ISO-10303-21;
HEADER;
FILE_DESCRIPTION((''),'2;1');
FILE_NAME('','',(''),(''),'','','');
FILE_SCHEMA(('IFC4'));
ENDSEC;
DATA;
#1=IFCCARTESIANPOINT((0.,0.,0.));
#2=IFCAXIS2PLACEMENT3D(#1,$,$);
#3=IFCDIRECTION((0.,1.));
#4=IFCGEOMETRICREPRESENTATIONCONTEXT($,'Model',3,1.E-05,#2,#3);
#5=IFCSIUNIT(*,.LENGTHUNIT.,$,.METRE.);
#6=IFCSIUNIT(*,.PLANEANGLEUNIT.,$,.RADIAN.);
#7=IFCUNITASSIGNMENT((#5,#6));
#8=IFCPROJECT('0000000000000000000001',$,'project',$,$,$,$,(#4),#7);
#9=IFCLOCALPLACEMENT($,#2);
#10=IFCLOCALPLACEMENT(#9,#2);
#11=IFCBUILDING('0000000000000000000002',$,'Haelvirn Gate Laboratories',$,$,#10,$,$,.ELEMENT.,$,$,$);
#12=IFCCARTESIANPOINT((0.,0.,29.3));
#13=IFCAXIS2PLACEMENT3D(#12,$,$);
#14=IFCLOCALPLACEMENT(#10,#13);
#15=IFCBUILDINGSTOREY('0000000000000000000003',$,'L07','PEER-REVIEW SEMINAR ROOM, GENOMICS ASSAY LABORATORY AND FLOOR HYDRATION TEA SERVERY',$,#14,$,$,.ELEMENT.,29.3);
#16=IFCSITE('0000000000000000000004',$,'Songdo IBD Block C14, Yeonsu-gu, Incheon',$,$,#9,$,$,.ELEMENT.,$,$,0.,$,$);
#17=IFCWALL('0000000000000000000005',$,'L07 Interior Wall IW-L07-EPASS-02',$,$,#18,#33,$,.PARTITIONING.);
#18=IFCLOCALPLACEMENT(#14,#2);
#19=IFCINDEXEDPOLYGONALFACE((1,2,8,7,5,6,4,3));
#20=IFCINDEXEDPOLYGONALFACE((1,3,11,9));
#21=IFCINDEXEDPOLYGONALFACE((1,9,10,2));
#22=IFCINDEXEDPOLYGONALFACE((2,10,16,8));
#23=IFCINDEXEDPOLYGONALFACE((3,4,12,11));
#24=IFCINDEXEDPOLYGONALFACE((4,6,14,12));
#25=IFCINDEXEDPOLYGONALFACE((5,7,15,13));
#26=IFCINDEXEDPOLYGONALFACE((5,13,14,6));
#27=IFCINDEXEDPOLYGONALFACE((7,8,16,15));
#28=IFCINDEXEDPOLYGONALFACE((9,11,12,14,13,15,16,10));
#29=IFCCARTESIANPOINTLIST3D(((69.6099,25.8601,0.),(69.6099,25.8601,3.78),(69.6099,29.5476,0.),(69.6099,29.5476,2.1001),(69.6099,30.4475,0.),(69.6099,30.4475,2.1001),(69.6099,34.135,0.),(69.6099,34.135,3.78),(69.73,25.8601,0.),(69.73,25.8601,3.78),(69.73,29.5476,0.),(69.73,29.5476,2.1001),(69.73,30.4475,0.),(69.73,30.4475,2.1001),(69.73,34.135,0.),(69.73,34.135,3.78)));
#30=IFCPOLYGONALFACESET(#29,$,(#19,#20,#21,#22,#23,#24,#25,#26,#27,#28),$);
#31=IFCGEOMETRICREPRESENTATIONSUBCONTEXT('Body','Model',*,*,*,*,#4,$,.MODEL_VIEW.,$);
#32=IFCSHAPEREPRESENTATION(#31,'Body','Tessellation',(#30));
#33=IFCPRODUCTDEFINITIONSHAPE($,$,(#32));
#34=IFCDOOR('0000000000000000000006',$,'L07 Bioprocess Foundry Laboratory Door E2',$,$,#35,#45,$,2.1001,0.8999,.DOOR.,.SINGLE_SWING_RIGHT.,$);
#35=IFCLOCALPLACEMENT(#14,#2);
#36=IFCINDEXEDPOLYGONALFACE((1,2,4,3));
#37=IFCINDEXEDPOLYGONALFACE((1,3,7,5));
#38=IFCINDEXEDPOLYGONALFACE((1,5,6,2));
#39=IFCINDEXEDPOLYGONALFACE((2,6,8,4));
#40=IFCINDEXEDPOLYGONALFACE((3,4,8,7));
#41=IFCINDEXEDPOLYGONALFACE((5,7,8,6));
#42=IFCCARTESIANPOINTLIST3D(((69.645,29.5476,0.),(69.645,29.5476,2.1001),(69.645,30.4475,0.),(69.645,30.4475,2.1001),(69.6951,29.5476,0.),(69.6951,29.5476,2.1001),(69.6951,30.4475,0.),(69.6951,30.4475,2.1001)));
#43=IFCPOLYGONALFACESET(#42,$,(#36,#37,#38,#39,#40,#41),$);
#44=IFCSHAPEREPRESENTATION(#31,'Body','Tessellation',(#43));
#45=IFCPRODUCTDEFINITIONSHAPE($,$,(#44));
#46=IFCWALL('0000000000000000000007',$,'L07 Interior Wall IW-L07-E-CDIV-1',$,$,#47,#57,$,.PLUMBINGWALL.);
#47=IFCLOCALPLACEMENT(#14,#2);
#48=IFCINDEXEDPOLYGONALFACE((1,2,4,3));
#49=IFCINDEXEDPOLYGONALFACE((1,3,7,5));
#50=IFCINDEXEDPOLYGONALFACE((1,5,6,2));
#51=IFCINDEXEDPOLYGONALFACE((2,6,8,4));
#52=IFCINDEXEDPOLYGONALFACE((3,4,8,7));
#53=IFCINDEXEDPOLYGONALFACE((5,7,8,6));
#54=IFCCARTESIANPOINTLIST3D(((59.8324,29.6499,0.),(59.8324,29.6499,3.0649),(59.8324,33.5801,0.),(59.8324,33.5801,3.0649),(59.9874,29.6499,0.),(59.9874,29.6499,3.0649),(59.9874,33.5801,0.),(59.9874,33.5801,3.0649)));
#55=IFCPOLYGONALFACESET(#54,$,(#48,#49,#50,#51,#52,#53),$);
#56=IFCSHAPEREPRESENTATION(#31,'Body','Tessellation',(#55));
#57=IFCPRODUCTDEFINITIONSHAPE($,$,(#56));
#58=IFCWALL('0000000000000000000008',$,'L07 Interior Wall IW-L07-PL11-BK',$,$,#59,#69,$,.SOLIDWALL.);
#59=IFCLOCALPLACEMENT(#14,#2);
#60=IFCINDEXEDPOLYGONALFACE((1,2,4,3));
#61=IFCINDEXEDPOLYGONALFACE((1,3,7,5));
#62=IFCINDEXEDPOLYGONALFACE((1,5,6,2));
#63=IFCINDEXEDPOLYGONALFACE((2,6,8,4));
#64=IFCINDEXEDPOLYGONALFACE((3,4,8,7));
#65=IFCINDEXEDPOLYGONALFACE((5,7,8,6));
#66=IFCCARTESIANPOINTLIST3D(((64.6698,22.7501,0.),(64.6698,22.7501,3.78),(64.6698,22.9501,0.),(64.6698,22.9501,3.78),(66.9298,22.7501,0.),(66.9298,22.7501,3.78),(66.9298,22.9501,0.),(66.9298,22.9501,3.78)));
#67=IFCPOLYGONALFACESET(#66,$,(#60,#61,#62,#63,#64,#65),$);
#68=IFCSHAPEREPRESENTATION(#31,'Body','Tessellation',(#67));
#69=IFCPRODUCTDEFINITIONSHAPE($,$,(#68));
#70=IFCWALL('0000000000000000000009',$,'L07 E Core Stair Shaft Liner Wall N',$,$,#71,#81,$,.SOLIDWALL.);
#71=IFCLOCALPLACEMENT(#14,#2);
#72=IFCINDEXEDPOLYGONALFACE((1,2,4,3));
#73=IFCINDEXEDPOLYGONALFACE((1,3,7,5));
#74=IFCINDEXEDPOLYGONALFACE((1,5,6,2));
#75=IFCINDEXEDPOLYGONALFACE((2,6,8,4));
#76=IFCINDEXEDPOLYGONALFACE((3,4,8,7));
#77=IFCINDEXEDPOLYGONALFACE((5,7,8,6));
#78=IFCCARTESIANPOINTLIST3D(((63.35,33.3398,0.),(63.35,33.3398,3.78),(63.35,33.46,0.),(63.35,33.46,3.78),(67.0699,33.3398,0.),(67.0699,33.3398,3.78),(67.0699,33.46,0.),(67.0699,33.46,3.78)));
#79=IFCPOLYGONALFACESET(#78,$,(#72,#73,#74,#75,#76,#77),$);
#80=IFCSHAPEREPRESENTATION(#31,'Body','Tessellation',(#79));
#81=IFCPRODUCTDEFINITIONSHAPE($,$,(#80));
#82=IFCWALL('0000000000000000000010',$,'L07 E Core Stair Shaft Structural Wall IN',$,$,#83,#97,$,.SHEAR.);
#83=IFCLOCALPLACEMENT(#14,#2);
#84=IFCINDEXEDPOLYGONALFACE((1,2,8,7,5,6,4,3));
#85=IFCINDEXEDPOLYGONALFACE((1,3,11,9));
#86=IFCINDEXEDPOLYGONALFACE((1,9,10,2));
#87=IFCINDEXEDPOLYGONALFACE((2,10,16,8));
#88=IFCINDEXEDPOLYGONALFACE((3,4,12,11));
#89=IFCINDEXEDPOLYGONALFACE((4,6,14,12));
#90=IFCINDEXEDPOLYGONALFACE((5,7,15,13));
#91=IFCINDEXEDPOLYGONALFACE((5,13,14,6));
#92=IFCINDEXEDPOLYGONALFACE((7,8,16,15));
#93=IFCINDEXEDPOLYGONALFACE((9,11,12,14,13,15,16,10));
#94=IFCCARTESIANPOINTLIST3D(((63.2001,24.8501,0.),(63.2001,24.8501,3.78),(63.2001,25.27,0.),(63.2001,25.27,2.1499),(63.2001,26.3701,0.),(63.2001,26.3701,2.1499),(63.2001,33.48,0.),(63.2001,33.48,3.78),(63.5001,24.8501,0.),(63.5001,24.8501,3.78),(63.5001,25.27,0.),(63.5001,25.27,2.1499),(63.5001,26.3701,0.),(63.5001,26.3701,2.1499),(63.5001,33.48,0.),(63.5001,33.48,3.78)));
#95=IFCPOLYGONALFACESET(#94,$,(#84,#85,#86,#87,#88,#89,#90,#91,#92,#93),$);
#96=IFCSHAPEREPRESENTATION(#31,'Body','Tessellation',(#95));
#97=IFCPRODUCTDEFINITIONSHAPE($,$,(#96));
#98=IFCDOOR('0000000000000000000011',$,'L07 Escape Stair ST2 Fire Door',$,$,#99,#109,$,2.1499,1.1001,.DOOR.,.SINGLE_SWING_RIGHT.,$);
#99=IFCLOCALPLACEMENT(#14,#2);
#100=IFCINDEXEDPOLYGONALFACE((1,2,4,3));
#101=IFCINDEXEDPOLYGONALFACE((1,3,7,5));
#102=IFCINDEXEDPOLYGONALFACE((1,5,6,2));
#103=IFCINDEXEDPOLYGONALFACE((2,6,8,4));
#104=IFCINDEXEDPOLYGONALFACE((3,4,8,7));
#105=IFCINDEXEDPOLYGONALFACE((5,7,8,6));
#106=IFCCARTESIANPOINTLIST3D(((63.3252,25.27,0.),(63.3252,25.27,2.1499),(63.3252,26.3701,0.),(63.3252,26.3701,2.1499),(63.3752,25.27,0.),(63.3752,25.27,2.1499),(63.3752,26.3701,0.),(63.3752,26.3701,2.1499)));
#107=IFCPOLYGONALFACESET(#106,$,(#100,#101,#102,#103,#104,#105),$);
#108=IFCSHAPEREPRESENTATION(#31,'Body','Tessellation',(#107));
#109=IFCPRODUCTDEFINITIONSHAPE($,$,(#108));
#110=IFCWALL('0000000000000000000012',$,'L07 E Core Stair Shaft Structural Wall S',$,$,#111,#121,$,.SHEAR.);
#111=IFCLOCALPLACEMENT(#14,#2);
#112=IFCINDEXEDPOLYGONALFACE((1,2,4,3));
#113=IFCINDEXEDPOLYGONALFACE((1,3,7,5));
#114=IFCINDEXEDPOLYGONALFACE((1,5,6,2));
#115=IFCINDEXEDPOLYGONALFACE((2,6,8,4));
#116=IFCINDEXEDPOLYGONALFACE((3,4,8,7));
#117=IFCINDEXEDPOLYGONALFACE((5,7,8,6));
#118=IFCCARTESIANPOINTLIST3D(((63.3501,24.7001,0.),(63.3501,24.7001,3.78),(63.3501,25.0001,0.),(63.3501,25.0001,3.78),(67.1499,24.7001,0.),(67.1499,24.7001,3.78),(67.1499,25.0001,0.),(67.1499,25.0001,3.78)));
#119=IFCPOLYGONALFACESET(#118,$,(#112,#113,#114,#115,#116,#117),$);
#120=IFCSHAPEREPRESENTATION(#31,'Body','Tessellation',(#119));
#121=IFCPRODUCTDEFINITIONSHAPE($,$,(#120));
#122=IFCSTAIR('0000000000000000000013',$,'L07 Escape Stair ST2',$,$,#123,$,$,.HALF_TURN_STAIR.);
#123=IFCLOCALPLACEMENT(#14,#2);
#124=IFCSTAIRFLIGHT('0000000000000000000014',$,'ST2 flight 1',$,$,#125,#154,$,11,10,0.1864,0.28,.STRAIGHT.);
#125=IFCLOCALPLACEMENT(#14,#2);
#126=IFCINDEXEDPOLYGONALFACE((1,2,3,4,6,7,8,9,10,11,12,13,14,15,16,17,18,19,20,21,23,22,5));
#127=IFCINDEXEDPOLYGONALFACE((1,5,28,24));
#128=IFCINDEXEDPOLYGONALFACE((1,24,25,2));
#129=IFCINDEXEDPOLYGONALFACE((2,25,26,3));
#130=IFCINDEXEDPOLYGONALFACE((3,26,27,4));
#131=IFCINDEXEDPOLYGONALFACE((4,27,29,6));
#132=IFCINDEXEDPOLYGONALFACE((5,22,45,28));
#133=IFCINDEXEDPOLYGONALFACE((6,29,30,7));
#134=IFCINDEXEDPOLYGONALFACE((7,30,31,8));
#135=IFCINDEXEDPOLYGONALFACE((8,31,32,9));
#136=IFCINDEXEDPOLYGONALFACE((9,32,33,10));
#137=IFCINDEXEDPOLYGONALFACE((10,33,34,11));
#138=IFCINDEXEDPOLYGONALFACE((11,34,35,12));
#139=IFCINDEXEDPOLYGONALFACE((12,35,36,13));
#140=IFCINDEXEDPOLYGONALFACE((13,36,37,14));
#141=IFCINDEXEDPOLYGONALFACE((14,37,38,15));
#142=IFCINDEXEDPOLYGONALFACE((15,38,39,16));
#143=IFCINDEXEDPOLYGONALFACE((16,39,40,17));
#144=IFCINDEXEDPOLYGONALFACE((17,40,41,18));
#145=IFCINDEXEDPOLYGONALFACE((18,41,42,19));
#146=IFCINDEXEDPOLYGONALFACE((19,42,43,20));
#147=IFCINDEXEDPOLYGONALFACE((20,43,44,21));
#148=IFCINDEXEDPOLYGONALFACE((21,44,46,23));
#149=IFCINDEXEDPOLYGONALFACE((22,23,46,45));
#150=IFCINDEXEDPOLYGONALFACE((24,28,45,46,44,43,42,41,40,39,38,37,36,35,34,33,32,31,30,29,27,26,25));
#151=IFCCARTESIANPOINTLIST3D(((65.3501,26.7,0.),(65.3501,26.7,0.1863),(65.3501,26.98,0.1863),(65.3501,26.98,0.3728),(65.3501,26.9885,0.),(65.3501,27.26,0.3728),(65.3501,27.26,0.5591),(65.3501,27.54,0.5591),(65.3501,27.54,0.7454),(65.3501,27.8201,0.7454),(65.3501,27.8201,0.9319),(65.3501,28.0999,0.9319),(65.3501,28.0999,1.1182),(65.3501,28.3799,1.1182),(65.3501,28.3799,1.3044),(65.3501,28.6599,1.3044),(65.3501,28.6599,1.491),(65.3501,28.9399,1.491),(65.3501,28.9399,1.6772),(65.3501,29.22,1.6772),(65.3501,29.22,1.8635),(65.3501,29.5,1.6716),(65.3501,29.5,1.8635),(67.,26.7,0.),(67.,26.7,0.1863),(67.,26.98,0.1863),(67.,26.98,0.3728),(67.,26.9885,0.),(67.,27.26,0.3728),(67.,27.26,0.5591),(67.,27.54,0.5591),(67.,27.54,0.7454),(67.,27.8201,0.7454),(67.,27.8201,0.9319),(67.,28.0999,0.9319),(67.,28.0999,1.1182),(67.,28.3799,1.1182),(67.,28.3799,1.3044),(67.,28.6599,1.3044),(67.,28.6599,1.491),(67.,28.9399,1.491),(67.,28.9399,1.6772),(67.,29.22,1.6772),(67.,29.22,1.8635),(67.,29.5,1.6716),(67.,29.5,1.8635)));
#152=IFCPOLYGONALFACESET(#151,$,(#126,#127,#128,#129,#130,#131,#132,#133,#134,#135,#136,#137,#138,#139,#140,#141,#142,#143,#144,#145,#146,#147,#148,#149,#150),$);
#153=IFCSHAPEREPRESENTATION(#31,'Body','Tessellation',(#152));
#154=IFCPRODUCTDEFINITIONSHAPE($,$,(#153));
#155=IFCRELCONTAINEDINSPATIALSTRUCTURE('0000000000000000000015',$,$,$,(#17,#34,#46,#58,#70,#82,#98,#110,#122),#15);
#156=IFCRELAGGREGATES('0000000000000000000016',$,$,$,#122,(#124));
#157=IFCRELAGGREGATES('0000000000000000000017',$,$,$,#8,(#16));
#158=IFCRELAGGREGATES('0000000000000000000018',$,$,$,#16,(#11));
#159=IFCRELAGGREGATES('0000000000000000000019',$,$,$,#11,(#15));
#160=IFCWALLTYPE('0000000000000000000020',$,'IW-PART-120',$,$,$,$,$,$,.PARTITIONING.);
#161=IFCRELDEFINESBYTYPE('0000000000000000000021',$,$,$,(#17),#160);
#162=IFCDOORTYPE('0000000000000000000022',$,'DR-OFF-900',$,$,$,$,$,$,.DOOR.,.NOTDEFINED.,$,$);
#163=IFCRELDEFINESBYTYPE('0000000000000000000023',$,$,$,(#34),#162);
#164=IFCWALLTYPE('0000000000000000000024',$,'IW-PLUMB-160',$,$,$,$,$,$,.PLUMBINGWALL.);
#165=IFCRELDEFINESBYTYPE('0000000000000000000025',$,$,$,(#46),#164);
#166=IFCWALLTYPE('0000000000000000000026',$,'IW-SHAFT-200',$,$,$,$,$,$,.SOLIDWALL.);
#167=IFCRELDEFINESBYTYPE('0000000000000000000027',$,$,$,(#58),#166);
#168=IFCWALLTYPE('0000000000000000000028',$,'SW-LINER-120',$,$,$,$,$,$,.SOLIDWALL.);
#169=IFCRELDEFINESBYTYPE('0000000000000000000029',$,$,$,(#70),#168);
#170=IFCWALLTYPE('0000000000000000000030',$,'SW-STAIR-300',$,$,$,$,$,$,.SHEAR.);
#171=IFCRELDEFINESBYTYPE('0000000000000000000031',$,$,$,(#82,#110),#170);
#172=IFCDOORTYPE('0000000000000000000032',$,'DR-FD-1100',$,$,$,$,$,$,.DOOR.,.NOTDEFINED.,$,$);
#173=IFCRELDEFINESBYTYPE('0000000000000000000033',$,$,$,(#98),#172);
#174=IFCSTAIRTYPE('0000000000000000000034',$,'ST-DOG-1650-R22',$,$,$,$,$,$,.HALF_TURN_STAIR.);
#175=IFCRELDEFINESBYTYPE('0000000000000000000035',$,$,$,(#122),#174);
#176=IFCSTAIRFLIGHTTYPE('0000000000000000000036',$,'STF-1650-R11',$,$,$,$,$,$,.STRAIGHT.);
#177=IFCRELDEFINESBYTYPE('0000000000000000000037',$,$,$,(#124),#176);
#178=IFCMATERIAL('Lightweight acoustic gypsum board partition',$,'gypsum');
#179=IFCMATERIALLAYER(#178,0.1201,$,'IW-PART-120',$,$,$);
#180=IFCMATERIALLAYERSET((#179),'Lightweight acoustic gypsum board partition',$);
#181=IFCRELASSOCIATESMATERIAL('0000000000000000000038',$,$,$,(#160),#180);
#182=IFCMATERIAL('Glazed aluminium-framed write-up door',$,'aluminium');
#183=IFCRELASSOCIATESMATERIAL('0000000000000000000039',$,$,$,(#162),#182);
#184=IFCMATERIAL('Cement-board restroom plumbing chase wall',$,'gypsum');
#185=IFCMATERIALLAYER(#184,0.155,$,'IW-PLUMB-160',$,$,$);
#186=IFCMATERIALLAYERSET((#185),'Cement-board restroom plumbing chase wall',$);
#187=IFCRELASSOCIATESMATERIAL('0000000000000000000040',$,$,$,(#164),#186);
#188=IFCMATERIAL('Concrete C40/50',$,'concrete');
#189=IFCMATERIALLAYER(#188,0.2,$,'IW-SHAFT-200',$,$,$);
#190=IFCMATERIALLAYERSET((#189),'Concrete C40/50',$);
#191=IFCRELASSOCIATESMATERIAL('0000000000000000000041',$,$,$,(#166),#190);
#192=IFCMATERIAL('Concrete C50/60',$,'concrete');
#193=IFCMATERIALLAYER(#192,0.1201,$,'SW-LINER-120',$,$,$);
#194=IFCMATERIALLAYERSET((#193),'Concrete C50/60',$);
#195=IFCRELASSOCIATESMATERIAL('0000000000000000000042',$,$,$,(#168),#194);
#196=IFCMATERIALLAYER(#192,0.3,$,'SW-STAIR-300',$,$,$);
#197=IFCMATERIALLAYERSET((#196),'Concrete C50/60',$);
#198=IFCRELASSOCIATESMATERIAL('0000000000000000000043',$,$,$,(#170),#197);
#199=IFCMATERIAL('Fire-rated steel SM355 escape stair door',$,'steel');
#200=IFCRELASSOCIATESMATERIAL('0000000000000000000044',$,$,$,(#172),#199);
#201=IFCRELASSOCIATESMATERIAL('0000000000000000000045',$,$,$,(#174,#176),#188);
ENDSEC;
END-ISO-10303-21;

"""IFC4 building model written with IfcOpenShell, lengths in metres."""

from ifc_helpers import new_model, si_unit, direction, frame, frame_2d, origin, place, context, subcontext, project, spatial, polyline, rectangle, outline, extrude, source, transform, mapped, material, layer, layer_set, type_object, type_shapes, element, fill, aggregate, save


model = new_model("IFC4")

# Units and contexts
model_context = context("Model", 3, precision=1e-05, world=origin(), true_north=direction((0.0, 1.0)))
body_context = subcontext(model_context, "Body", "Model", "MODEL_VIEW")
ifc_project = project(units=[si_unit("LENGTHUNIT", "METRE"), si_unit("PLANEANGLEUNIT", "RADIAN")], contexts=[model_context])

# Site, building, storey
site_placement = place(None, origin())
site = spatial("IfcSite", under=ifc_project, at=site_placement, Name="Songdo IBD Block C14, Yeonsu-gu, Incheon", CompositionType="ELEMENT", RefElevation=0.0)
building_placement = place(site_placement, origin())
building = spatial("IfcBuilding", under=site, at=building_placement, Name="Haelvirn Gate Laboratories", CompositionType="ELEMENT")
storey_placement = place(building_placement, frame((0.0, 0.0, 29.3)))
storey = spatial("IfcBuildingStorey", under=building, at=storey_placement, Name="L07", Description="PEER-REVIEW SEMINAR ROOM, GENOMICS ASSAY LABORATORY AND FLOOR HYDRATION TEA SERVERY", CompositionType="ELEMENT", Elevation=29.3)

# Shared definitions
ifc_material_1 = material(Name="Lightweight acoustic gypsum board partition", Category="gypsum")
ifc_layer_1 = layer(ifc_material_1, 0.1201, Name="IW-PART-120")
ifc_layer_set_1 = layer_set([ifc_layer_1], Name="Lightweight acoustic gypsum board partition")
wall_type_1 = type_object("IfcWallType", Name="IW-PART-120", PredefinedType="PARTITIONING", material=ifc_layer_set_1)

# Wall, opening, door
wall_1_placement = place(storey_placement, frame((69.6699, 25.8601, 0.0), z_axis=(0.0, 0.0, 1.0), x_axis=(0.0, 1.0, 0.0)))
wall_1 = element("IfcWall", 1, at=wall_1_placement, inside=storey, type_object=wall_type_1, Name="L07 Interior Wall IW-L07-EPASS-02", PredefinedType="PARTITIONING", context=body_context, shape_type="SweptSolid", body=[
    extrude(rectangle(XDim=8.2749, YDim=0.1201, at=frame_2d((4.1375, 0.0))), origin(), (0.0, 0.0, 1.0), 3.78),
])
opening_1_placement = place(wall_1_placement, frame((3.6875, 0.0, 0.0)))
opening_1 = element("IfcOpeningElement", 2, at=opening_1_placement, cuts=wall_1, PredefinedType="OPENING", context=body_context, shape_type="SweptSolid", body=[
    extrude(rectangle(XDim=0.8999, YDim=2.1001, at=frame_2d((0.45, 1.05))), frame((0.0, 0.0701, 0.0), z_axis=(0.0, -1.0, 0.0), x_axis=(1.0, 0.0, 0.0)), (0.0, 0.0, 1.0), 0.1401),
])
ifc_material_2 = material(Name="Glazed aluminium-framed write-up door", Category="aluminium")
door_type_1 = type_object("IfcDoorType", Name="DR-OFF-900", OperationType="NOTDEFINED", PredefinedType="DOOR", material=ifc_material_2)
shared_shape_1 = source(origin(), body_context, "Body", "SweptSolid", [
    extrude(rectangle(XDim=0.8999, YDim=2.1001, at=frame_2d((0.45, 1.05))), frame((0.0, 0.0249, 0.0), z_axis=(0.0, -1.0, 0.0), x_axis=(1.0, 0.0, 0.0)), (0.0, 0.0, 1.0), 0.05),
])
type_shapes(door_type_1, [shared_shape_1])
door_1_placement = place(opening_1_placement, origin())
door_1 = element("IfcDoor", 3, at=door_1_placement, inside=storey, type_object=door_type_1, Name="L07 Bioprocess Foundry Laboratory Door E2", OperationType="SINGLE_SWING_RIGHT", OverallHeight=2.1001, OverallWidth=0.8999, PredefinedType="DOOR", context=body_context, shape_type="MappedRepresentation", body=[
    mapped(shared_shape_1, transform((0.0, 0.0, 0.0), scale=1.0)),
])
fill(opening_1, door_1)

# Walls
ifc_material_3 = material(Name="Cement-board restroom plumbing chase wall", Category="gypsum")
ifc_layer_2 = layer(ifc_material_3, 0.155, Name="IW-PLUMB-160")
ifc_layer_set_2 = layer_set([ifc_layer_2], Name="Cement-board restroom plumbing chase wall")
wall_type_2 = type_object("IfcWallType", Name="IW-PLUMB-160", PredefinedType="PLUMBINGWALL", material=ifc_layer_set_2)
wall_2_placement = place(storey_placement, frame((59.9099, 29.6499, 0.0), z_axis=(0.0, 0.0, 1.0), x_axis=(0.0, 1.0, 0.0)))
element("IfcWall", 4, at=wall_2_placement, inside=storey, type_object=wall_type_2, Name="L07 Interior Wall IW-L07-E-CDIV-1", PredefinedType="PLUMBINGWALL", context=body_context, shape_type="SweptSolid", body=[
    extrude(rectangle(XDim=3.9302, YDim=0.155, at=frame_2d((1.9651, 0.0))), origin(), (0.0, 0.0, 1.0), 3.0649),
])
ifc_material_4 = material(Name="Concrete C40/50", Category="concrete")
ifc_layer_3 = layer(ifc_material_4, 0.2, Name="IW-SHAFT-200")
ifc_layer_set_3 = layer_set([ifc_layer_3], Name="Concrete C40/50")
wall_type_3 = type_object("IfcWallType", Name="IW-SHAFT-200", PredefinedType="SOLIDWALL", material=ifc_layer_set_3)
wall_3_placement = place(storey_placement, frame((64.6699, 22.8501, 0.0), z_axis=(0.0, 0.0, 1.0), x_axis=(1.0, 0.0, 0.0)))
element("IfcWall", 5, at=wall_3_placement, inside=storey, type_object=wall_type_3, Name="L07 Interior Wall IW-L07-PL11-BK", PredefinedType="SOLIDWALL", context=body_context, shape_type="SweptSolid", body=[
    extrude(rectangle(XDim=2.26, YDim=0.2, at=frame_2d((1.1299, 0.0))), origin(), (0.0, 0.0, 1.0), 3.78),
])
ifc_material_5 = material(Name="Concrete C50/60", Category="concrete")
ifc_layer_4 = layer(ifc_material_5, 0.1201, Name="SW-LINER-120")
ifc_layer_set_4 = layer_set([ifc_layer_4], Name="Concrete C50/60")
wall_type_4 = type_object("IfcWallType", Name="SW-LINER-120", PredefinedType="SOLIDWALL", material=ifc_layer_set_4)
wall_4_placement = place(storey_placement, frame((63.3501, 33.3999, 0.0), z_axis=(0.0, 0.0, 1.0), x_axis=(1.0, 0.0, 0.0)))
element("IfcWall", 6, at=wall_4_placement, inside=storey, type_object=wall_type_4, Name="L07 E Core Stair Shaft Liner Wall N", PredefinedType="SOLIDWALL", context=body_context, shape_type="SweptSolid", body=[
    extrude(rectangle(XDim=3.72, YDim=0.1201, at=frame_2d((1.8599, 0.0))), origin(), (0.0, 0.0, 1.0), 3.78),
])

# Wall, opening, door
ifc_layer_5 = layer(ifc_material_5, 0.3, Name="SW-STAIR-300")
ifc_layer_set_5 = layer_set([ifc_layer_5], Name="Concrete C50/60")
wall_type_5 = type_object("IfcWallType", Name="SW-STAIR-300", PredefinedType="SHEAR", material=ifc_layer_set_5)
wall_5_placement = place(storey_placement, frame((63.3501, 24.8501, 0.0), z_axis=(0.0, 0.0, 1.0), x_axis=(0.0, 1.0, 0.0)))
wall_5 = element("IfcWall", 7, at=wall_5_placement, inside=storey, type_object=wall_type_5, Name="L07 E Core Stair Shaft Structural Wall IN", PredefinedType="SHEAR", context=body_context, shape_type="SweptSolid", body=[
    extrude(rectangle(XDim=8.6299, YDim=0.3, at=frame_2d((4.3149, 0.0))), origin(), (0.0, 0.0, 1.0), 3.78),
])
opening_2_placement = place(wall_5_placement, frame((0.4199, 0.0, 0.0)))
opening_2 = element("IfcOpeningElement", 8, at=opening_2_placement, cuts=wall_5, PredefinedType="OPENING", context=body_context, shape_type="SweptSolid", body=[
    extrude(rectangle(XDim=1.1001, YDim=2.1499, at=frame_2d((0.55, 1.075))), frame((0.0, 0.1602, 0.0), z_axis=(0.0, -1.0, 0.0), x_axis=(1.0, 0.0, 0.0)), (0.0, 0.0, 1.0), 0.3201),
])
ifc_material_6 = material(Name="Fire-rated steel SM355 escape stair door", Category="steel")
door_type_2 = type_object("IfcDoorType", Name="DR-FD-1100", OperationType="NOTDEFINED", PredefinedType="DOOR", material=ifc_material_6)
shared_shape_2 = source(origin(), body_context, "Body", "SweptSolid", [
    extrude(rectangle(XDim=1.1001, YDim=2.1499, at=frame_2d((0.55, 1.075))), frame((0.0, 0.0249, 0.0), z_axis=(0.0, -1.0, 0.0), x_axis=(1.0, 0.0, 0.0)), (0.0, 0.0, 1.0), 0.05),
])
type_shapes(door_type_2, [shared_shape_2])
door_2_placement = place(opening_2_placement, origin())
door_2 = element("IfcDoor", 9, at=door_2_placement, inside=storey, type_object=door_type_2, Name="L07 Escape Stair ST2 Fire Door", OperationType="SINGLE_SWING_RIGHT", OverallHeight=2.1499, OverallWidth=1.1001, PredefinedType="DOOR", context=body_context, shape_type="MappedRepresentation", body=[
    mapped(shared_shape_2, transform((0.0, 0.0, 0.0), scale=1.0)),
])
fill(opening_2, door_2)

# Wall
wall_6_placement = place(storey_placement, frame((63.3501, 24.8501, 0.0), z_axis=(0.0, 0.0, 1.0), x_axis=(1.0, 0.0, 0.0)))
element("IfcWall", 10, at=wall_6_placement, inside=storey, type_object=wall_type_5, Name="L07 E Core Stair Shaft Structural Wall S", PredefinedType="SHEAR", context=body_context, shape_type="SweptSolid", body=[
    extrude(rectangle(XDim=3.7998, YDim=0.3, at=frame_2d((1.8999, 0.0))), origin(), (0.0, 0.0, 1.0), 3.78),
])

# Stair, stair flight
stair_type = type_object("IfcStairType", Name="ST-DOG-1650-R22", PredefinedType="HALF_TURN_STAIR", material=ifc_material_4)
stair_placement = place(storey_placement, origin())
stair = element("IfcStair", 11, at=stair_placement, inside=storey, type_object=stair_type, Name="L07 Escape Stair ST2", PredefinedType="HALF_TURN_STAIR")
stair_flight_type = type_object("IfcStairFlightType", Name="STF-1650-R11", PredefinedType="STRAIGHT", material=ifc_material_4)
shared_shape_3 = source(origin(), body_context, "Body", "SweptSolid", [
    extrude(outline(polyline([(0.0, 0.0), (0.0, 0.1863), (0.28, 0.1863), (0.28, 0.3728), (0.5601, 0.3728), (0.5601, 0.5591), (0.8401, 0.5591), (0.8401, 0.7454), (1.1201, 0.7454), (1.1201, 0.9319), (1.3999, 0.9319), (1.3999, 1.1182), (1.6799, 1.1182), (1.6799, 1.3044), (1.96, 1.3044), (1.96, 1.491), (2.24, 1.491), (2.24, 1.6772), (2.52, 1.6772), (2.52, 1.8635), (2.8, 1.8635), (2.8, 2.05), (2.8, 1.6716), (0.2886, 0.0), (0.0, 0.0)])), frame((0.0, 0.825, 0.0), z_axis=(0.0, -1.0, 0.0), x_axis=(1.0, 0.0, 0.0)), (0.0, 0.0, 1.0), 1.6499),
])
type_shapes(stair_flight_type, [shared_shape_3])
stair_flight_1_placement = place(storey_placement, frame((66.175, 26.7, 0.0), z_axis=(0.0, 0.0, 1.0), x_axis=(0.0, 1.0, 0.0)))
stair_flight_1 = element("IfcStairFlight", 12, at=stair_flight_1_placement, type_object=stair_flight_type, Name="ST2 flight 1", NumberOfRisers=11, NumberOfTreads=10, PredefinedType="STRAIGHT", RiserHeight=0.1864, TreadLength=0.28, context=body_context, shape_type="MappedRepresentation", body=[
    mapped(shared_shape_3, transform((0.0, 0.0, 0.0), scale=1.0)),
])
aggregate(stair, [stair_flight_1])

save(model, "model.ifc")
